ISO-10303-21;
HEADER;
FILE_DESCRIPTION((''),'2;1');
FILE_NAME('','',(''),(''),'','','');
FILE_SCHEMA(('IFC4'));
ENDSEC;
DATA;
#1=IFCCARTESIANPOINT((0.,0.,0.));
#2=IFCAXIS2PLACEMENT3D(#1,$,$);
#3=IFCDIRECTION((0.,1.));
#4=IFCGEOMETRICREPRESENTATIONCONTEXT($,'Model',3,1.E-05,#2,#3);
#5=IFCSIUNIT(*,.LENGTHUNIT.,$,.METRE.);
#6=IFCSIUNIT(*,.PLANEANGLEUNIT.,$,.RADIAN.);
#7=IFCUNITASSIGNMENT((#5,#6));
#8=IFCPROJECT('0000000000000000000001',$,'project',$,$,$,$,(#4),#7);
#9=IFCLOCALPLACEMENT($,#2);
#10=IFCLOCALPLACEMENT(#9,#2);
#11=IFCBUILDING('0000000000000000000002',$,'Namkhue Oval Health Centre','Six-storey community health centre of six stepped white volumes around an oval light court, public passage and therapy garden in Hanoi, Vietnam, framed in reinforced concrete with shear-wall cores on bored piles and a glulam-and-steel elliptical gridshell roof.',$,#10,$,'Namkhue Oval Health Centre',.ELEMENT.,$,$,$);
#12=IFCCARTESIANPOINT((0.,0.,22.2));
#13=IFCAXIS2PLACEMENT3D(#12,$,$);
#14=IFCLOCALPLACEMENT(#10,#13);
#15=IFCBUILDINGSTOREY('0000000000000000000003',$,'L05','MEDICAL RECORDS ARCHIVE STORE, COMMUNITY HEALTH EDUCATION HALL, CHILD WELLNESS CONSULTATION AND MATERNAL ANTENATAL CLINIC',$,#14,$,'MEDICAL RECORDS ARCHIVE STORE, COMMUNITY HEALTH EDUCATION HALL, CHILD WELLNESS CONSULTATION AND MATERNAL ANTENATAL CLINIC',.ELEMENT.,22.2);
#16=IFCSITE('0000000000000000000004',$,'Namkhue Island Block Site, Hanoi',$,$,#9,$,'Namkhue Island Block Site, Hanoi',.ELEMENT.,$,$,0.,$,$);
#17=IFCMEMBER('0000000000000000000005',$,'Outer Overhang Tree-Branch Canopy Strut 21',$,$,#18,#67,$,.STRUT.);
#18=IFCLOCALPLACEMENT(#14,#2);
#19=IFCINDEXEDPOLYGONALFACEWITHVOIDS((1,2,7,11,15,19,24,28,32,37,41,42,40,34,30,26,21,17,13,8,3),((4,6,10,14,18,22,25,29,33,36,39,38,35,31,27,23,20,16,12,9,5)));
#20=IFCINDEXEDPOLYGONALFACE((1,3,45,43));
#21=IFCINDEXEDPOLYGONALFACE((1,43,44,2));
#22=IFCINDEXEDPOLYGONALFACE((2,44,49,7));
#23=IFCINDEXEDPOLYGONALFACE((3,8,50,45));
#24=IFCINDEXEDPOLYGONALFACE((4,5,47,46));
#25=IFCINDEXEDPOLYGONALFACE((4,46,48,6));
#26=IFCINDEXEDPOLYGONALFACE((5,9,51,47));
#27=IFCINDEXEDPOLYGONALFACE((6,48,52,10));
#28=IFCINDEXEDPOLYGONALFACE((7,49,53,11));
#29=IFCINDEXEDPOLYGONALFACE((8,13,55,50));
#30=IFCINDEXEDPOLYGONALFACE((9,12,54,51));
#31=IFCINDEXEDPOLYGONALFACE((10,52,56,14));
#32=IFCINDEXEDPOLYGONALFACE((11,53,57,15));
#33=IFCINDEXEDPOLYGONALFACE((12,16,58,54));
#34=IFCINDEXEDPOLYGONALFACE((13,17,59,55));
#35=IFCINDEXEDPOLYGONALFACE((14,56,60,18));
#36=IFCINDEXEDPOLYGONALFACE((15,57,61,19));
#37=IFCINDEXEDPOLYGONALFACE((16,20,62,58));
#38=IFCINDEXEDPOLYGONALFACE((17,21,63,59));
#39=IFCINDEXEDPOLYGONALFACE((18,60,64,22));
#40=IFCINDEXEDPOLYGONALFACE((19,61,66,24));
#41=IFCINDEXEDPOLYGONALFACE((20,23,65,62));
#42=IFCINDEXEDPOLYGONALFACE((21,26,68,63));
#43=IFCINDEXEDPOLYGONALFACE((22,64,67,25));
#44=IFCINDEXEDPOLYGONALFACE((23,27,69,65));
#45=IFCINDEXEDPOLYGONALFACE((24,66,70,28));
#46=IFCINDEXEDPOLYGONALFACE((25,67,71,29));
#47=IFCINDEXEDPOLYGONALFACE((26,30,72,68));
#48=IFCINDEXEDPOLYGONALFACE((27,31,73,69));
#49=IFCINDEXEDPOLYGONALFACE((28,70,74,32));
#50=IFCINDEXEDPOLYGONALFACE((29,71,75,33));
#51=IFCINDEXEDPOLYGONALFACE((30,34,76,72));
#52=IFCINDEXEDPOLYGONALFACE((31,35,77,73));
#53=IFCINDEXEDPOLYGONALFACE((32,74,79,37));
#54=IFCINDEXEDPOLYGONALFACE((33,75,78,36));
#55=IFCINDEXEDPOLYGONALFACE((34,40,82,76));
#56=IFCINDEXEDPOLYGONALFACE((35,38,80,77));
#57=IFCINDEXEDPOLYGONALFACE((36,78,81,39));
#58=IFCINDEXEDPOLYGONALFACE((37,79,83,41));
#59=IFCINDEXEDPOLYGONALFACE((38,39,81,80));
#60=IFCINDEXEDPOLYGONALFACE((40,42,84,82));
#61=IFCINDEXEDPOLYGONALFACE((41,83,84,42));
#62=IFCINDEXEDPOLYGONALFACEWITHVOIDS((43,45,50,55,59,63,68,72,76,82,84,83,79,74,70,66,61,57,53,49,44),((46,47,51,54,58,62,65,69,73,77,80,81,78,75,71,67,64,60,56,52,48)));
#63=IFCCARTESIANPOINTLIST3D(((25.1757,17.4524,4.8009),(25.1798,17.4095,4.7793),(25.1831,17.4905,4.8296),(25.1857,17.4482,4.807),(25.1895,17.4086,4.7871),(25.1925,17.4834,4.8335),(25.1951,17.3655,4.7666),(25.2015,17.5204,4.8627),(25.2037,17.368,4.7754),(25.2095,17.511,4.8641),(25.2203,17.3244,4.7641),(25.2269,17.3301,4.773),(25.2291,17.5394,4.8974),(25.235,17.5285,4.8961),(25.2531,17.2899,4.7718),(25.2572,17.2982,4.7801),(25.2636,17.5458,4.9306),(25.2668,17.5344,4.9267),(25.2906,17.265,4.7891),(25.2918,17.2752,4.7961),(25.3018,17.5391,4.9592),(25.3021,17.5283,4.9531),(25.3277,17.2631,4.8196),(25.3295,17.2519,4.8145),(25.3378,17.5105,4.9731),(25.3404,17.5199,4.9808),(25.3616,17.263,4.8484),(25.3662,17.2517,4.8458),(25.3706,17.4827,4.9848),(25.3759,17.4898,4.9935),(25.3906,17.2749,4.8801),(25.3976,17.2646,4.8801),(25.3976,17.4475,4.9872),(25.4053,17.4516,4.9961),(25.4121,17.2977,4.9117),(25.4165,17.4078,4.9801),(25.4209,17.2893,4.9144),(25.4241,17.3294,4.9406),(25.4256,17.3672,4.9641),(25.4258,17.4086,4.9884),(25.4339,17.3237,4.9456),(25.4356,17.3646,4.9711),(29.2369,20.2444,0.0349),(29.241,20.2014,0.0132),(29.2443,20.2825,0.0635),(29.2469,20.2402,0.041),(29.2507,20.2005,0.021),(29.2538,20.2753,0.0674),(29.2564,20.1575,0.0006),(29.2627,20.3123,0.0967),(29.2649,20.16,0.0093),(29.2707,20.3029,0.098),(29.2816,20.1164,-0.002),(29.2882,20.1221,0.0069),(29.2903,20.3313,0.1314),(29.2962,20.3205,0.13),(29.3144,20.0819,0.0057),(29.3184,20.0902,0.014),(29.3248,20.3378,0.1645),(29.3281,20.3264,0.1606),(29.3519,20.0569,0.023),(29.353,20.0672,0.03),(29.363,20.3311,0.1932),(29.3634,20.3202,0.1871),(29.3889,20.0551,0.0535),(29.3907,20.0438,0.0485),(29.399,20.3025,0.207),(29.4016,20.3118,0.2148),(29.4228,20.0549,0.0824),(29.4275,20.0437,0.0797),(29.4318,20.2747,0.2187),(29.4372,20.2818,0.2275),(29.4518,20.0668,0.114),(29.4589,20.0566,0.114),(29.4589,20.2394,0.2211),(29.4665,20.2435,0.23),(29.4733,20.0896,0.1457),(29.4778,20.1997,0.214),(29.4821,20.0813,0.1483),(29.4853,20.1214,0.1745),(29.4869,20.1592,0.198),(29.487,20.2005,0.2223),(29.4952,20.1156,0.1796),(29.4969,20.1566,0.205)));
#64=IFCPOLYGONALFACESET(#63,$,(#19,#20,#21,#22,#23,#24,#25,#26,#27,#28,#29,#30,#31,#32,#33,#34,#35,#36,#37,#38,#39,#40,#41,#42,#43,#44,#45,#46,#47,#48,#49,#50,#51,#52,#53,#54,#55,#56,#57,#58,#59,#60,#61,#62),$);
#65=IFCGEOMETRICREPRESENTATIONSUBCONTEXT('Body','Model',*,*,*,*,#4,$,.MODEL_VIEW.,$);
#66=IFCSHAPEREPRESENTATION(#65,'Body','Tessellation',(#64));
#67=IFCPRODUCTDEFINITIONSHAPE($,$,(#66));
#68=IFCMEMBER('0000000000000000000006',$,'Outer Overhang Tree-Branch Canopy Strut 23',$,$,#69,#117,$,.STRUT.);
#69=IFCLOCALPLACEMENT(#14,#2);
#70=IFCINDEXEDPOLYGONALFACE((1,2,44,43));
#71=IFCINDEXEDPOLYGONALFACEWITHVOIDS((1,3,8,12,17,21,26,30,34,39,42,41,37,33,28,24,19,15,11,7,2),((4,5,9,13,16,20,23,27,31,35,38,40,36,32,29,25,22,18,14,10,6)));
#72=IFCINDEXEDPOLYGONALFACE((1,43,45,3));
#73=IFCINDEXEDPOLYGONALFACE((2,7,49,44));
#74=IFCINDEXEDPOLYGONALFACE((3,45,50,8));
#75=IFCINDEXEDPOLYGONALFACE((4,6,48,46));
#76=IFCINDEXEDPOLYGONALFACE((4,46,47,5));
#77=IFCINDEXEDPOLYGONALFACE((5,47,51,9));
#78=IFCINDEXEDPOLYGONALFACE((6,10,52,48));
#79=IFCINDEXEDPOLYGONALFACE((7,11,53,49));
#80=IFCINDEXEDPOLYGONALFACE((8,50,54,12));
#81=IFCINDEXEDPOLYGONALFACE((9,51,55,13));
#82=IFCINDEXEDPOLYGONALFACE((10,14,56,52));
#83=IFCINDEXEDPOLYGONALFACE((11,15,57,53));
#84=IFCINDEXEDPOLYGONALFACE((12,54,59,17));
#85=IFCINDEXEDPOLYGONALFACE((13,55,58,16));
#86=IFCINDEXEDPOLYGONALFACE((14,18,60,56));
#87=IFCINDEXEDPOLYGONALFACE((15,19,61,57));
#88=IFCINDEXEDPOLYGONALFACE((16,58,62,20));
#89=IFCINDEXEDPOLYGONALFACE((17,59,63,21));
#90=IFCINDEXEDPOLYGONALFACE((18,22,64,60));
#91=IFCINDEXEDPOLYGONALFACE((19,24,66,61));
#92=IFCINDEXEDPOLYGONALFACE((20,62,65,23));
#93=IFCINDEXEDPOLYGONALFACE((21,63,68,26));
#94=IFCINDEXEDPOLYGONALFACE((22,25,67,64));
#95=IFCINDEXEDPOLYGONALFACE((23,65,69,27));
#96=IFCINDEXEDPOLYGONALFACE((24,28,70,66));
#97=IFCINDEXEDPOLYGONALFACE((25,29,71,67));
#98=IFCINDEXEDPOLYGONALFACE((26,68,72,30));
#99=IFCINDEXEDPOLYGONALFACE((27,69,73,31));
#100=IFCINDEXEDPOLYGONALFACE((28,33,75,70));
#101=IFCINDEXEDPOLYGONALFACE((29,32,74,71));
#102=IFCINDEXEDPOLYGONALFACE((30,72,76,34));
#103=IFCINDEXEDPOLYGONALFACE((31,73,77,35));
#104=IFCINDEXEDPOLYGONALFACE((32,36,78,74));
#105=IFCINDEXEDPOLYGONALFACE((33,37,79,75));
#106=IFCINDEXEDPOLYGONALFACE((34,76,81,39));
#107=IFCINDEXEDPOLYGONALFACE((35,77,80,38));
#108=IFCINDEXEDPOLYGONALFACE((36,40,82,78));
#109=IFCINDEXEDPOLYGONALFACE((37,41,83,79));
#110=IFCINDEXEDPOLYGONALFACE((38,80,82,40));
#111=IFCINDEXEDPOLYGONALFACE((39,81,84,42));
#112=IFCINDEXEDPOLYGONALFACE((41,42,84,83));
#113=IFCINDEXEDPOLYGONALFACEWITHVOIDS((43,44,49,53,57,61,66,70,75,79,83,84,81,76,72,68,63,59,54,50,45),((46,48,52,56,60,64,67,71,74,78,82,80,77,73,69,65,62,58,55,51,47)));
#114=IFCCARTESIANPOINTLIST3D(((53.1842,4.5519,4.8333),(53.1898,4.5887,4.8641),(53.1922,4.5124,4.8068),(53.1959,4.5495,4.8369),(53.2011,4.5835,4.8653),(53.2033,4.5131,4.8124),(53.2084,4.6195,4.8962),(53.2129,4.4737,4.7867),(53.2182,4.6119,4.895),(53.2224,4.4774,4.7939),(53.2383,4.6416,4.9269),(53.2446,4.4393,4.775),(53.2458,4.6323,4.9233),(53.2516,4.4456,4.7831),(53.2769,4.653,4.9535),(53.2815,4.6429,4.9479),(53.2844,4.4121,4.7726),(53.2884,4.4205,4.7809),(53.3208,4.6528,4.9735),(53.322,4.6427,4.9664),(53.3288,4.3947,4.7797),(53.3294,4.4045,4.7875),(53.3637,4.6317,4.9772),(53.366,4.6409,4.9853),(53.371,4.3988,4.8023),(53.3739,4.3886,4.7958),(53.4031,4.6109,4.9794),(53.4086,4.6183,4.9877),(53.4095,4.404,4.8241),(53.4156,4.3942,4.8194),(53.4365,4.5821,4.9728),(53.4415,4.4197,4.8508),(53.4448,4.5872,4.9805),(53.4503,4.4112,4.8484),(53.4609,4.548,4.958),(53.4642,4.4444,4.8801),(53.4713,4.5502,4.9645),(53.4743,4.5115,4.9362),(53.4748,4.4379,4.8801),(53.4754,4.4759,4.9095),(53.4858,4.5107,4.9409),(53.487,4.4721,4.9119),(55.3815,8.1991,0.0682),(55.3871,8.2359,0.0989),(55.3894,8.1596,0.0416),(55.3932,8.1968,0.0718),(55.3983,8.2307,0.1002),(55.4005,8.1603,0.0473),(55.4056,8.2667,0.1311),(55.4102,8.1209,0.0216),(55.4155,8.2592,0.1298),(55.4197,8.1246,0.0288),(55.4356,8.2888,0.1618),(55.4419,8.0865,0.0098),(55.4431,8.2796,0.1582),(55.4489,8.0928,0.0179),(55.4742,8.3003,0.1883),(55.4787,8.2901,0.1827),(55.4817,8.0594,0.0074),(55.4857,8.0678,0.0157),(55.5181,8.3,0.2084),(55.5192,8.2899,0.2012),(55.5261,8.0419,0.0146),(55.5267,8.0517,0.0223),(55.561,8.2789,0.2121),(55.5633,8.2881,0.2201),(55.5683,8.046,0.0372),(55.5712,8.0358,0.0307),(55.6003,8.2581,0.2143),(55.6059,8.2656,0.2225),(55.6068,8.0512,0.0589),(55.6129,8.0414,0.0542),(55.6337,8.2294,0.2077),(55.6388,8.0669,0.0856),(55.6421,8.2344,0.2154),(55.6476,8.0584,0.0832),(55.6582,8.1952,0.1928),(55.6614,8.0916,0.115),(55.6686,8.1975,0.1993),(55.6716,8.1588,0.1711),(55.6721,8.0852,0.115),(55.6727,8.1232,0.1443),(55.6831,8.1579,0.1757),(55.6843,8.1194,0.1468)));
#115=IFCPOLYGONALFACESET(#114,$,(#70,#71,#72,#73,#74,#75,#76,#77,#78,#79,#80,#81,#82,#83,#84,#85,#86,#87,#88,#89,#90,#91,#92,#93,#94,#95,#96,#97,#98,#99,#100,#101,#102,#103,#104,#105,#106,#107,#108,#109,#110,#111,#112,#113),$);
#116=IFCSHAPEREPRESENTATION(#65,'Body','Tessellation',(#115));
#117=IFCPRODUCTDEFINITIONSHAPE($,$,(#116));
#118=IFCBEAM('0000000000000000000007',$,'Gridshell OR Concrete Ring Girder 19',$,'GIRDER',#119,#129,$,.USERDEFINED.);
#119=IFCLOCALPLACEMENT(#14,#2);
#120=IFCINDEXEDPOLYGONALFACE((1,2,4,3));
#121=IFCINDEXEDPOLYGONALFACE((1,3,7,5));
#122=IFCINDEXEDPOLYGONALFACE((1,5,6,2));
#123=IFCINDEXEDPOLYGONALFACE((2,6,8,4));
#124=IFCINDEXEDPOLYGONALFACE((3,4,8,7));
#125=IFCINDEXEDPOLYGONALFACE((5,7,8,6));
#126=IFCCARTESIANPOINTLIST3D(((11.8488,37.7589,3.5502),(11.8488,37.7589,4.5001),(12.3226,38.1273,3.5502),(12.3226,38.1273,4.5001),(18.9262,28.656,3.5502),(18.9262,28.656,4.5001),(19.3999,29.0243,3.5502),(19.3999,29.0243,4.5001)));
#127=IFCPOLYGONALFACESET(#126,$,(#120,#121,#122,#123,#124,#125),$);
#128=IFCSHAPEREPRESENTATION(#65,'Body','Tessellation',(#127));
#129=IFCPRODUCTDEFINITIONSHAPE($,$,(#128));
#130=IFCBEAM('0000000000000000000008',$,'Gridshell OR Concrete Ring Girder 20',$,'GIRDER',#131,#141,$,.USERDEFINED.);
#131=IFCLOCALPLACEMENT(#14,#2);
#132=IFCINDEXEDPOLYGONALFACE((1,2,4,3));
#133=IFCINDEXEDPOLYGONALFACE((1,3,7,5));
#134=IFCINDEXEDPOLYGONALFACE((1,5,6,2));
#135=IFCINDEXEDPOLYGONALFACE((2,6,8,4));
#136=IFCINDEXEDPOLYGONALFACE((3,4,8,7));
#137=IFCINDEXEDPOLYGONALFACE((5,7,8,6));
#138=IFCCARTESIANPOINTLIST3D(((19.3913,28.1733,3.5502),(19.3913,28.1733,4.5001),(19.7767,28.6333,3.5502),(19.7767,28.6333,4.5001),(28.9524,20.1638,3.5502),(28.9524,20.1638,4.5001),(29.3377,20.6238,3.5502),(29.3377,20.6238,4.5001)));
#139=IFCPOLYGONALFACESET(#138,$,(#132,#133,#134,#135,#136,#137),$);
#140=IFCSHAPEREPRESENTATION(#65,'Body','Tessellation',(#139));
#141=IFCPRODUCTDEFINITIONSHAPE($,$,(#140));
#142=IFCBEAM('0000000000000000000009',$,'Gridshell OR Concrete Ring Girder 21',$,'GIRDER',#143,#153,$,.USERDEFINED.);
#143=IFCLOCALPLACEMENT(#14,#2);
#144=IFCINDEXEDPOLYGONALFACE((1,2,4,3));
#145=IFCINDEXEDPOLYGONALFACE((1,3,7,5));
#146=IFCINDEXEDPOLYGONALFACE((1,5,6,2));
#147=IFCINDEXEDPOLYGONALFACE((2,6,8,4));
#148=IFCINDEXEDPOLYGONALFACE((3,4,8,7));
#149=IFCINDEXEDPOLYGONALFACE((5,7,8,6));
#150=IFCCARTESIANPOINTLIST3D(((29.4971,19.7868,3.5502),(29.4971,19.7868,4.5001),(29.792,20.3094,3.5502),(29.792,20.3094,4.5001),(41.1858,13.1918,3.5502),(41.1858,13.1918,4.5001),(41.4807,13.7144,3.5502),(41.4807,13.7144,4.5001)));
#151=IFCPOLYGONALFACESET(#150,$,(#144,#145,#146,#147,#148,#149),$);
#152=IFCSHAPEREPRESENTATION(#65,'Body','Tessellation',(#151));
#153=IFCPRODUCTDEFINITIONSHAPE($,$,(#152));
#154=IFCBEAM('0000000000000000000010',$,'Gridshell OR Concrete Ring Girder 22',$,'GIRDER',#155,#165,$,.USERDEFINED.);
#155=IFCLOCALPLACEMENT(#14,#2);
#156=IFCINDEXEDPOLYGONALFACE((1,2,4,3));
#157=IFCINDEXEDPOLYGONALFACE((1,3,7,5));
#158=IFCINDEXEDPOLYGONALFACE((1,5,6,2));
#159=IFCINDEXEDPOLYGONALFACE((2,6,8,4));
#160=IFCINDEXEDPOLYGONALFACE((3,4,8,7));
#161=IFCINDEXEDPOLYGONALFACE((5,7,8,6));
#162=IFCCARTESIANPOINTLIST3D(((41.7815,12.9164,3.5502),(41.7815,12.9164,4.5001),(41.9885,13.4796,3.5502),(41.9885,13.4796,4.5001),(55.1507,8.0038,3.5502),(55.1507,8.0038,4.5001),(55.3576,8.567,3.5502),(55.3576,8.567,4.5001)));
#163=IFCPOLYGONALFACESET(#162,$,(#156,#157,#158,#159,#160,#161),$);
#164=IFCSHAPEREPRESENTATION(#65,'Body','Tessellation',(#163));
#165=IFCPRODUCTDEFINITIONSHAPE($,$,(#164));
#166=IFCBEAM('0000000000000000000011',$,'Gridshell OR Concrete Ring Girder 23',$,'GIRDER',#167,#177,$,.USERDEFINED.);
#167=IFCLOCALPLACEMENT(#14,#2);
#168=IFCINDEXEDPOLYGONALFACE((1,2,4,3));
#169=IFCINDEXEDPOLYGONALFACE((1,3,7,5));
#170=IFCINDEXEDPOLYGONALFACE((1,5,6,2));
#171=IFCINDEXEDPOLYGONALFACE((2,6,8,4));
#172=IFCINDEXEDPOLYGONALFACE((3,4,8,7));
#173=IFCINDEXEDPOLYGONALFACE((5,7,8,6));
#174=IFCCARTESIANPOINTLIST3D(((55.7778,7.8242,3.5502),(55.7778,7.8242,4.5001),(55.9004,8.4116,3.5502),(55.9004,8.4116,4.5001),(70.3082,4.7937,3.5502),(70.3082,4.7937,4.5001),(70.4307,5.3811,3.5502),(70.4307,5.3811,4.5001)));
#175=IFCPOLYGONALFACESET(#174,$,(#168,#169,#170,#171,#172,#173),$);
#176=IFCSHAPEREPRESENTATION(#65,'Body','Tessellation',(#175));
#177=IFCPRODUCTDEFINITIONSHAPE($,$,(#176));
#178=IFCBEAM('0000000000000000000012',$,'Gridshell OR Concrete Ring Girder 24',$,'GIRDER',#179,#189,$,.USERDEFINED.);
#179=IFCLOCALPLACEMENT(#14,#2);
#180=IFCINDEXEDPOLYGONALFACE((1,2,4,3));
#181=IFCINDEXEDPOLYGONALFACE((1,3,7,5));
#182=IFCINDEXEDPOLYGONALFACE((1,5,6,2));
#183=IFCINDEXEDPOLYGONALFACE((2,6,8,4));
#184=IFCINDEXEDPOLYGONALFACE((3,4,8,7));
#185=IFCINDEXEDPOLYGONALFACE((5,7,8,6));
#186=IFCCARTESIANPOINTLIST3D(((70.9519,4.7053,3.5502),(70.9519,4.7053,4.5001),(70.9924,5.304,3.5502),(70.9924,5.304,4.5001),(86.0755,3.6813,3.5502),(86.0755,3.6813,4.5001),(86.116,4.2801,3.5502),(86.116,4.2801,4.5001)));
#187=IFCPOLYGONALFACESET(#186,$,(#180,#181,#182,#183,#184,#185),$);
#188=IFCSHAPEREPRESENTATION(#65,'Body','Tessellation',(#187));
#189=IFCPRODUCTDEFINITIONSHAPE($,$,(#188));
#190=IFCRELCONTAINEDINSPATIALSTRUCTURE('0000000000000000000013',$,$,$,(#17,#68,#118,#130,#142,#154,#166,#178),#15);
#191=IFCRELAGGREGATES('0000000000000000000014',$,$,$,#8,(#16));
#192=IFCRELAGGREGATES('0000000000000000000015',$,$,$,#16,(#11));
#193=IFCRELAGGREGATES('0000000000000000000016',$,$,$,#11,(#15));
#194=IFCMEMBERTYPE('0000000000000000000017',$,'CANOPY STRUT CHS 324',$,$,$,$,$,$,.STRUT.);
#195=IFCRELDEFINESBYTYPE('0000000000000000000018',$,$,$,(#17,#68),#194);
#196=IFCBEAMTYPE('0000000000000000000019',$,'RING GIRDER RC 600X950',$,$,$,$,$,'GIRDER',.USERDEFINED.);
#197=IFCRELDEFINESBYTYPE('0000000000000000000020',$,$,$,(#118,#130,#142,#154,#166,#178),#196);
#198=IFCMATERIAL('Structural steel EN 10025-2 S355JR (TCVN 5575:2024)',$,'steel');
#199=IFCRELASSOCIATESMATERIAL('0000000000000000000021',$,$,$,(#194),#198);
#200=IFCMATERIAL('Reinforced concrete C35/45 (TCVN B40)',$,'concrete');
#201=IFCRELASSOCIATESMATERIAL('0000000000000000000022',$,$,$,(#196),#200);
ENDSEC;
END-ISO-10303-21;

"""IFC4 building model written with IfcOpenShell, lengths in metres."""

from ifc_helpers import new_model, si_unit, direction, frame, origin, origin_2d, place, context, subcontext, project, spatial, rectangle, hollow_circle, extrude, material, material_profile, profile_set, type_object, element, save


model = new_model("IFC4")

# Units and contexts
model_context = context("Model", 3, precision=1e-05, world=origin(), true_north=direction((0.0, 1.0)))
body_context = subcontext(model_context, "Body", "Model", "MODEL_VIEW")
ifc_project = project(units=[si_unit("LENGTHUNIT", "METRE"), si_unit("PLANEANGLEUNIT", "RADIAN")], contexts=[model_context])

# Site, building, storey
site_placement = place(None, origin())
site = spatial("IfcSite", under=ifc_project, at=site_placement, Name="Namkhue Island Block Site, Hanoi", LongName="Namkhue Island Block Site, Hanoi", CompositionType="ELEMENT", RefElevation=0.0)
building_placement = place(site_placement, origin())
building = spatial("IfcBuilding", under=site, at=building_placement, Name="Namkhue Oval Health Centre", Description="Six-storey community health centre of six stepped white volumes around an oval light court, public passage and therapy garden in Hanoi, Vietnam, framed in reinforced concrete with shear-wall cores on bored piles and a glulam-and-steel elliptical gridshell roof.", LongName="Namkhue Oval Health Centre", CompositionType="ELEMENT")
storey_placement = place(building_placement, frame((0.0, 0.0, 22.2)))
storey = spatial("IfcBuildingStorey", under=building, at=storey_placement, Name="L05", Description="MEDICAL RECORDS ARCHIVE STORE, COMMUNITY HEALTH EDUCATION HALL, CHILD WELLNESS CONSULTATION AND MATERNAL ANTENATAL CLINIC", LongName="MEDICAL RECORDS ARCHIVE STORE, COMMUNITY HEALTH EDUCATION HALL, CHILD WELLNESS CONSULTATION AND MATERNAL ANTENATAL CLINIC", CompositionType="ELEMENT", Elevation=22.2)

# Shared definitions
ifc_material_1 = material(Name="Reinforced concrete C35/45 (TCVN B40)", Category="concrete")

# Members
ifc_material_2 = material(Name="Structural steel EN 10025-2 S355JR (TCVN 5575:2024)", Category="steel")
ifc_material_profile_1 = material_profile(ifc_material_2, hollow_circle(Radius=0.1619, WallThickness=0.0125, at=origin_2d()), Name="CHS 323.9x12.5")
ifc_profile_set_1 = profile_set([ifc_material_profile_1], Name="Structural steel EN 10025-2 S355JR (TCVN 5575:2024)")
member_type_1 = type_object("IfcMemberType", Name="CANOPY STRUT CHS 324", PredefinedType="STRUT", material=ifc_profile_set_1)
member_1_placement = place(storey_placement, frame((29.3672, 20.1899, 0.114), z_axis=(-0.592367, -0.407232, 0.695172), x_axis=(0.56651, -0.824055, 0.0)))
element("IfcMember", 1, at=member_1_placement, inside=storey, type_object=member_type_1, Name="Outer Overhang Tree-Branch Canopy Strut 21", PredefinedType="STRUT", context=body_context, shape_type="SweptSolid", body=[
    extrude(hollow_circle(Radius=0.1619, WallThickness=0.0125, at=origin_2d()), origin(), (0.0, 0.0, 1.0), 6.856),
])
member_2_placement = place(storey_placement, frame((55.5334, 8.1687, 0.115), z_axis=(-0.343841, -0.570737, 0.745676), x_axis=(0.856566, -0.516038, 0.0)))
element("IfcMember", 2, at=member_2_placement, inside=storey, type_object=member_type_1, Name="Outer Overhang Tree-Branch Canopy Strut 23", PredefinedType="STRUT", context=body_context, shape_type="SweptSolid", body=[
    extrude(hollow_circle(Radius=0.1619, WallThickness=0.0125, at=origin_2d()), origin(), (0.0, 0.0, 1.0), 6.3904),
])

# Beams
ifc_material_profile_2 = material_profile(ifc_material_1, rectangle(XDim=0.6001, YDim=0.95, at=origin_2d()), Name="RC 600x950")
ifc_profile_set_2 = profile_set([ifc_material_profile_2], Name="Reinforced concrete C35/45 (TCVN B40)")
beam_type = type_object("IfcBeamType", Name="RING GIRDER RC 600X950", ElementType="GIRDER", PredefinedType="USERDEFINED", material=ifc_profile_set_2)
beam_1_placement = place(storey_placement, frame((12.0857, 37.9431, 4.0251), z_axis=(0.613793, -0.789467, 0.0), x_axis=(0.789467, 0.613793, 0.0)))
element("IfcBeam", 3, at=beam_1_placement, inside=storey, type_object=beam_type, Name="Gridshell OR Concrete Ring Girder 19", ObjectType="GIRDER", PredefinedType="USERDEFINED", context=body_context, shape_type="SweptSolid", body=[
    extrude(rectangle(XDim=0.6001, YDim=0.95, at=origin_2d()), origin(), (0.0, 0.0, 1.0), 11.5305),
])
beam_2_placement = place(storey_placement, frame((19.584, 28.4033, 4.0251), z_axis=(0.766563, -0.642169, 0.0), x_axis=(0.642169, 0.766563, 0.0)))
element("IfcBeam", 4, at=beam_2_placement, inside=storey, type_object=beam_type, Name="Gridshell OR Concrete Ring Girder 20", ObjectType="GIRDER", PredefinedType="USERDEFINED", context=body_context, shape_type="SweptSolid", body=[
    extrude(rectangle(XDim=0.6001, YDim=0.95, at=origin_2d()), origin(), (0.0, 0.0, 1.0), 12.4727),
])
beam_3_placement = place(storey_placement, frame((29.6445, 20.0481, 4.0251), z_axis=(0.870936, -0.491397, 0.0), x_axis=(0.491397, 0.870936, 0.0)))
element("IfcBeam", 5, at=beam_3_placement, inside=storey, type_object=beam_type, Name="Gridshell OR Concrete Ring Girder 21", ObjectType="GIRDER", PredefinedType="USERDEFINED", context=body_context, shape_type="SweptSolid", body=[
    extrude(rectangle(XDim=0.6001, YDim=0.95, at=origin_2d()), origin(), (0.0, 0.0, 1.0), 13.4209),
])
beam_4_placement = place(storey_placement, frame((41.885, 13.198, 4.0251), z_axis=(0.938636, -0.344909, 0.0), x_axis=(0.344909, 0.938636, 0.0)))
element("IfcBeam", 6, at=beam_4_placement, inside=storey, type_object=beam_type, Name="Gridshell OR Concrete Ring Girder 22", ObjectType="GIRDER", PredefinedType="USERDEFINED", context=body_context, shape_type="SweptSolid", body=[
    extrude(rectangle(XDim=0.6001, YDim=0.95, at=origin_2d()), origin(), (0.0, 0.0, 1.0), 14.2432),
])
beam_5_placement = place(storey_placement, frame((55.8391, 8.1179, 4.0251), z_axis=(0.978935, -0.204172, 0.0), x_axis=(0.204172, 0.978935, 0.0)))
element("IfcBeam", 7, at=beam_5_placement, inside=storey, type_object=beam_type, Name="Gridshell OR Concrete Ring Girder 23", ObjectType="GIRDER", PredefinedType="USERDEFINED", context=body_context, shape_type="SweptSolid", body=[
    extrude(rectangle(XDim=0.6001, YDim=0.95, at=origin_2d()), origin(), (0.0, 0.0, 1.0), 14.843),
])
beam_6_placement = place(storey_placement, frame((70.9722, 5.0046, 4.0251), z_axis=(0.997716, -0.067549, 0.0), x_axis=(0.067549, 0.997716, 0.0)))
element("IfcBeam", 8, at=beam_6_placement, inside=storey, type_object=beam_type, Name="Gridshell OR Concrete Ring Girder 24", ObjectType="GIRDER", PredefinedType="USERDEFINED", context=body_context, shape_type="SweptSolid", body=[
    extrude(rectangle(XDim=0.6001, YDim=0.95, at=origin_2d()), origin(), (0.0, 0.0, 1.0), 15.1582),
])

save(model, "model.ifc")
